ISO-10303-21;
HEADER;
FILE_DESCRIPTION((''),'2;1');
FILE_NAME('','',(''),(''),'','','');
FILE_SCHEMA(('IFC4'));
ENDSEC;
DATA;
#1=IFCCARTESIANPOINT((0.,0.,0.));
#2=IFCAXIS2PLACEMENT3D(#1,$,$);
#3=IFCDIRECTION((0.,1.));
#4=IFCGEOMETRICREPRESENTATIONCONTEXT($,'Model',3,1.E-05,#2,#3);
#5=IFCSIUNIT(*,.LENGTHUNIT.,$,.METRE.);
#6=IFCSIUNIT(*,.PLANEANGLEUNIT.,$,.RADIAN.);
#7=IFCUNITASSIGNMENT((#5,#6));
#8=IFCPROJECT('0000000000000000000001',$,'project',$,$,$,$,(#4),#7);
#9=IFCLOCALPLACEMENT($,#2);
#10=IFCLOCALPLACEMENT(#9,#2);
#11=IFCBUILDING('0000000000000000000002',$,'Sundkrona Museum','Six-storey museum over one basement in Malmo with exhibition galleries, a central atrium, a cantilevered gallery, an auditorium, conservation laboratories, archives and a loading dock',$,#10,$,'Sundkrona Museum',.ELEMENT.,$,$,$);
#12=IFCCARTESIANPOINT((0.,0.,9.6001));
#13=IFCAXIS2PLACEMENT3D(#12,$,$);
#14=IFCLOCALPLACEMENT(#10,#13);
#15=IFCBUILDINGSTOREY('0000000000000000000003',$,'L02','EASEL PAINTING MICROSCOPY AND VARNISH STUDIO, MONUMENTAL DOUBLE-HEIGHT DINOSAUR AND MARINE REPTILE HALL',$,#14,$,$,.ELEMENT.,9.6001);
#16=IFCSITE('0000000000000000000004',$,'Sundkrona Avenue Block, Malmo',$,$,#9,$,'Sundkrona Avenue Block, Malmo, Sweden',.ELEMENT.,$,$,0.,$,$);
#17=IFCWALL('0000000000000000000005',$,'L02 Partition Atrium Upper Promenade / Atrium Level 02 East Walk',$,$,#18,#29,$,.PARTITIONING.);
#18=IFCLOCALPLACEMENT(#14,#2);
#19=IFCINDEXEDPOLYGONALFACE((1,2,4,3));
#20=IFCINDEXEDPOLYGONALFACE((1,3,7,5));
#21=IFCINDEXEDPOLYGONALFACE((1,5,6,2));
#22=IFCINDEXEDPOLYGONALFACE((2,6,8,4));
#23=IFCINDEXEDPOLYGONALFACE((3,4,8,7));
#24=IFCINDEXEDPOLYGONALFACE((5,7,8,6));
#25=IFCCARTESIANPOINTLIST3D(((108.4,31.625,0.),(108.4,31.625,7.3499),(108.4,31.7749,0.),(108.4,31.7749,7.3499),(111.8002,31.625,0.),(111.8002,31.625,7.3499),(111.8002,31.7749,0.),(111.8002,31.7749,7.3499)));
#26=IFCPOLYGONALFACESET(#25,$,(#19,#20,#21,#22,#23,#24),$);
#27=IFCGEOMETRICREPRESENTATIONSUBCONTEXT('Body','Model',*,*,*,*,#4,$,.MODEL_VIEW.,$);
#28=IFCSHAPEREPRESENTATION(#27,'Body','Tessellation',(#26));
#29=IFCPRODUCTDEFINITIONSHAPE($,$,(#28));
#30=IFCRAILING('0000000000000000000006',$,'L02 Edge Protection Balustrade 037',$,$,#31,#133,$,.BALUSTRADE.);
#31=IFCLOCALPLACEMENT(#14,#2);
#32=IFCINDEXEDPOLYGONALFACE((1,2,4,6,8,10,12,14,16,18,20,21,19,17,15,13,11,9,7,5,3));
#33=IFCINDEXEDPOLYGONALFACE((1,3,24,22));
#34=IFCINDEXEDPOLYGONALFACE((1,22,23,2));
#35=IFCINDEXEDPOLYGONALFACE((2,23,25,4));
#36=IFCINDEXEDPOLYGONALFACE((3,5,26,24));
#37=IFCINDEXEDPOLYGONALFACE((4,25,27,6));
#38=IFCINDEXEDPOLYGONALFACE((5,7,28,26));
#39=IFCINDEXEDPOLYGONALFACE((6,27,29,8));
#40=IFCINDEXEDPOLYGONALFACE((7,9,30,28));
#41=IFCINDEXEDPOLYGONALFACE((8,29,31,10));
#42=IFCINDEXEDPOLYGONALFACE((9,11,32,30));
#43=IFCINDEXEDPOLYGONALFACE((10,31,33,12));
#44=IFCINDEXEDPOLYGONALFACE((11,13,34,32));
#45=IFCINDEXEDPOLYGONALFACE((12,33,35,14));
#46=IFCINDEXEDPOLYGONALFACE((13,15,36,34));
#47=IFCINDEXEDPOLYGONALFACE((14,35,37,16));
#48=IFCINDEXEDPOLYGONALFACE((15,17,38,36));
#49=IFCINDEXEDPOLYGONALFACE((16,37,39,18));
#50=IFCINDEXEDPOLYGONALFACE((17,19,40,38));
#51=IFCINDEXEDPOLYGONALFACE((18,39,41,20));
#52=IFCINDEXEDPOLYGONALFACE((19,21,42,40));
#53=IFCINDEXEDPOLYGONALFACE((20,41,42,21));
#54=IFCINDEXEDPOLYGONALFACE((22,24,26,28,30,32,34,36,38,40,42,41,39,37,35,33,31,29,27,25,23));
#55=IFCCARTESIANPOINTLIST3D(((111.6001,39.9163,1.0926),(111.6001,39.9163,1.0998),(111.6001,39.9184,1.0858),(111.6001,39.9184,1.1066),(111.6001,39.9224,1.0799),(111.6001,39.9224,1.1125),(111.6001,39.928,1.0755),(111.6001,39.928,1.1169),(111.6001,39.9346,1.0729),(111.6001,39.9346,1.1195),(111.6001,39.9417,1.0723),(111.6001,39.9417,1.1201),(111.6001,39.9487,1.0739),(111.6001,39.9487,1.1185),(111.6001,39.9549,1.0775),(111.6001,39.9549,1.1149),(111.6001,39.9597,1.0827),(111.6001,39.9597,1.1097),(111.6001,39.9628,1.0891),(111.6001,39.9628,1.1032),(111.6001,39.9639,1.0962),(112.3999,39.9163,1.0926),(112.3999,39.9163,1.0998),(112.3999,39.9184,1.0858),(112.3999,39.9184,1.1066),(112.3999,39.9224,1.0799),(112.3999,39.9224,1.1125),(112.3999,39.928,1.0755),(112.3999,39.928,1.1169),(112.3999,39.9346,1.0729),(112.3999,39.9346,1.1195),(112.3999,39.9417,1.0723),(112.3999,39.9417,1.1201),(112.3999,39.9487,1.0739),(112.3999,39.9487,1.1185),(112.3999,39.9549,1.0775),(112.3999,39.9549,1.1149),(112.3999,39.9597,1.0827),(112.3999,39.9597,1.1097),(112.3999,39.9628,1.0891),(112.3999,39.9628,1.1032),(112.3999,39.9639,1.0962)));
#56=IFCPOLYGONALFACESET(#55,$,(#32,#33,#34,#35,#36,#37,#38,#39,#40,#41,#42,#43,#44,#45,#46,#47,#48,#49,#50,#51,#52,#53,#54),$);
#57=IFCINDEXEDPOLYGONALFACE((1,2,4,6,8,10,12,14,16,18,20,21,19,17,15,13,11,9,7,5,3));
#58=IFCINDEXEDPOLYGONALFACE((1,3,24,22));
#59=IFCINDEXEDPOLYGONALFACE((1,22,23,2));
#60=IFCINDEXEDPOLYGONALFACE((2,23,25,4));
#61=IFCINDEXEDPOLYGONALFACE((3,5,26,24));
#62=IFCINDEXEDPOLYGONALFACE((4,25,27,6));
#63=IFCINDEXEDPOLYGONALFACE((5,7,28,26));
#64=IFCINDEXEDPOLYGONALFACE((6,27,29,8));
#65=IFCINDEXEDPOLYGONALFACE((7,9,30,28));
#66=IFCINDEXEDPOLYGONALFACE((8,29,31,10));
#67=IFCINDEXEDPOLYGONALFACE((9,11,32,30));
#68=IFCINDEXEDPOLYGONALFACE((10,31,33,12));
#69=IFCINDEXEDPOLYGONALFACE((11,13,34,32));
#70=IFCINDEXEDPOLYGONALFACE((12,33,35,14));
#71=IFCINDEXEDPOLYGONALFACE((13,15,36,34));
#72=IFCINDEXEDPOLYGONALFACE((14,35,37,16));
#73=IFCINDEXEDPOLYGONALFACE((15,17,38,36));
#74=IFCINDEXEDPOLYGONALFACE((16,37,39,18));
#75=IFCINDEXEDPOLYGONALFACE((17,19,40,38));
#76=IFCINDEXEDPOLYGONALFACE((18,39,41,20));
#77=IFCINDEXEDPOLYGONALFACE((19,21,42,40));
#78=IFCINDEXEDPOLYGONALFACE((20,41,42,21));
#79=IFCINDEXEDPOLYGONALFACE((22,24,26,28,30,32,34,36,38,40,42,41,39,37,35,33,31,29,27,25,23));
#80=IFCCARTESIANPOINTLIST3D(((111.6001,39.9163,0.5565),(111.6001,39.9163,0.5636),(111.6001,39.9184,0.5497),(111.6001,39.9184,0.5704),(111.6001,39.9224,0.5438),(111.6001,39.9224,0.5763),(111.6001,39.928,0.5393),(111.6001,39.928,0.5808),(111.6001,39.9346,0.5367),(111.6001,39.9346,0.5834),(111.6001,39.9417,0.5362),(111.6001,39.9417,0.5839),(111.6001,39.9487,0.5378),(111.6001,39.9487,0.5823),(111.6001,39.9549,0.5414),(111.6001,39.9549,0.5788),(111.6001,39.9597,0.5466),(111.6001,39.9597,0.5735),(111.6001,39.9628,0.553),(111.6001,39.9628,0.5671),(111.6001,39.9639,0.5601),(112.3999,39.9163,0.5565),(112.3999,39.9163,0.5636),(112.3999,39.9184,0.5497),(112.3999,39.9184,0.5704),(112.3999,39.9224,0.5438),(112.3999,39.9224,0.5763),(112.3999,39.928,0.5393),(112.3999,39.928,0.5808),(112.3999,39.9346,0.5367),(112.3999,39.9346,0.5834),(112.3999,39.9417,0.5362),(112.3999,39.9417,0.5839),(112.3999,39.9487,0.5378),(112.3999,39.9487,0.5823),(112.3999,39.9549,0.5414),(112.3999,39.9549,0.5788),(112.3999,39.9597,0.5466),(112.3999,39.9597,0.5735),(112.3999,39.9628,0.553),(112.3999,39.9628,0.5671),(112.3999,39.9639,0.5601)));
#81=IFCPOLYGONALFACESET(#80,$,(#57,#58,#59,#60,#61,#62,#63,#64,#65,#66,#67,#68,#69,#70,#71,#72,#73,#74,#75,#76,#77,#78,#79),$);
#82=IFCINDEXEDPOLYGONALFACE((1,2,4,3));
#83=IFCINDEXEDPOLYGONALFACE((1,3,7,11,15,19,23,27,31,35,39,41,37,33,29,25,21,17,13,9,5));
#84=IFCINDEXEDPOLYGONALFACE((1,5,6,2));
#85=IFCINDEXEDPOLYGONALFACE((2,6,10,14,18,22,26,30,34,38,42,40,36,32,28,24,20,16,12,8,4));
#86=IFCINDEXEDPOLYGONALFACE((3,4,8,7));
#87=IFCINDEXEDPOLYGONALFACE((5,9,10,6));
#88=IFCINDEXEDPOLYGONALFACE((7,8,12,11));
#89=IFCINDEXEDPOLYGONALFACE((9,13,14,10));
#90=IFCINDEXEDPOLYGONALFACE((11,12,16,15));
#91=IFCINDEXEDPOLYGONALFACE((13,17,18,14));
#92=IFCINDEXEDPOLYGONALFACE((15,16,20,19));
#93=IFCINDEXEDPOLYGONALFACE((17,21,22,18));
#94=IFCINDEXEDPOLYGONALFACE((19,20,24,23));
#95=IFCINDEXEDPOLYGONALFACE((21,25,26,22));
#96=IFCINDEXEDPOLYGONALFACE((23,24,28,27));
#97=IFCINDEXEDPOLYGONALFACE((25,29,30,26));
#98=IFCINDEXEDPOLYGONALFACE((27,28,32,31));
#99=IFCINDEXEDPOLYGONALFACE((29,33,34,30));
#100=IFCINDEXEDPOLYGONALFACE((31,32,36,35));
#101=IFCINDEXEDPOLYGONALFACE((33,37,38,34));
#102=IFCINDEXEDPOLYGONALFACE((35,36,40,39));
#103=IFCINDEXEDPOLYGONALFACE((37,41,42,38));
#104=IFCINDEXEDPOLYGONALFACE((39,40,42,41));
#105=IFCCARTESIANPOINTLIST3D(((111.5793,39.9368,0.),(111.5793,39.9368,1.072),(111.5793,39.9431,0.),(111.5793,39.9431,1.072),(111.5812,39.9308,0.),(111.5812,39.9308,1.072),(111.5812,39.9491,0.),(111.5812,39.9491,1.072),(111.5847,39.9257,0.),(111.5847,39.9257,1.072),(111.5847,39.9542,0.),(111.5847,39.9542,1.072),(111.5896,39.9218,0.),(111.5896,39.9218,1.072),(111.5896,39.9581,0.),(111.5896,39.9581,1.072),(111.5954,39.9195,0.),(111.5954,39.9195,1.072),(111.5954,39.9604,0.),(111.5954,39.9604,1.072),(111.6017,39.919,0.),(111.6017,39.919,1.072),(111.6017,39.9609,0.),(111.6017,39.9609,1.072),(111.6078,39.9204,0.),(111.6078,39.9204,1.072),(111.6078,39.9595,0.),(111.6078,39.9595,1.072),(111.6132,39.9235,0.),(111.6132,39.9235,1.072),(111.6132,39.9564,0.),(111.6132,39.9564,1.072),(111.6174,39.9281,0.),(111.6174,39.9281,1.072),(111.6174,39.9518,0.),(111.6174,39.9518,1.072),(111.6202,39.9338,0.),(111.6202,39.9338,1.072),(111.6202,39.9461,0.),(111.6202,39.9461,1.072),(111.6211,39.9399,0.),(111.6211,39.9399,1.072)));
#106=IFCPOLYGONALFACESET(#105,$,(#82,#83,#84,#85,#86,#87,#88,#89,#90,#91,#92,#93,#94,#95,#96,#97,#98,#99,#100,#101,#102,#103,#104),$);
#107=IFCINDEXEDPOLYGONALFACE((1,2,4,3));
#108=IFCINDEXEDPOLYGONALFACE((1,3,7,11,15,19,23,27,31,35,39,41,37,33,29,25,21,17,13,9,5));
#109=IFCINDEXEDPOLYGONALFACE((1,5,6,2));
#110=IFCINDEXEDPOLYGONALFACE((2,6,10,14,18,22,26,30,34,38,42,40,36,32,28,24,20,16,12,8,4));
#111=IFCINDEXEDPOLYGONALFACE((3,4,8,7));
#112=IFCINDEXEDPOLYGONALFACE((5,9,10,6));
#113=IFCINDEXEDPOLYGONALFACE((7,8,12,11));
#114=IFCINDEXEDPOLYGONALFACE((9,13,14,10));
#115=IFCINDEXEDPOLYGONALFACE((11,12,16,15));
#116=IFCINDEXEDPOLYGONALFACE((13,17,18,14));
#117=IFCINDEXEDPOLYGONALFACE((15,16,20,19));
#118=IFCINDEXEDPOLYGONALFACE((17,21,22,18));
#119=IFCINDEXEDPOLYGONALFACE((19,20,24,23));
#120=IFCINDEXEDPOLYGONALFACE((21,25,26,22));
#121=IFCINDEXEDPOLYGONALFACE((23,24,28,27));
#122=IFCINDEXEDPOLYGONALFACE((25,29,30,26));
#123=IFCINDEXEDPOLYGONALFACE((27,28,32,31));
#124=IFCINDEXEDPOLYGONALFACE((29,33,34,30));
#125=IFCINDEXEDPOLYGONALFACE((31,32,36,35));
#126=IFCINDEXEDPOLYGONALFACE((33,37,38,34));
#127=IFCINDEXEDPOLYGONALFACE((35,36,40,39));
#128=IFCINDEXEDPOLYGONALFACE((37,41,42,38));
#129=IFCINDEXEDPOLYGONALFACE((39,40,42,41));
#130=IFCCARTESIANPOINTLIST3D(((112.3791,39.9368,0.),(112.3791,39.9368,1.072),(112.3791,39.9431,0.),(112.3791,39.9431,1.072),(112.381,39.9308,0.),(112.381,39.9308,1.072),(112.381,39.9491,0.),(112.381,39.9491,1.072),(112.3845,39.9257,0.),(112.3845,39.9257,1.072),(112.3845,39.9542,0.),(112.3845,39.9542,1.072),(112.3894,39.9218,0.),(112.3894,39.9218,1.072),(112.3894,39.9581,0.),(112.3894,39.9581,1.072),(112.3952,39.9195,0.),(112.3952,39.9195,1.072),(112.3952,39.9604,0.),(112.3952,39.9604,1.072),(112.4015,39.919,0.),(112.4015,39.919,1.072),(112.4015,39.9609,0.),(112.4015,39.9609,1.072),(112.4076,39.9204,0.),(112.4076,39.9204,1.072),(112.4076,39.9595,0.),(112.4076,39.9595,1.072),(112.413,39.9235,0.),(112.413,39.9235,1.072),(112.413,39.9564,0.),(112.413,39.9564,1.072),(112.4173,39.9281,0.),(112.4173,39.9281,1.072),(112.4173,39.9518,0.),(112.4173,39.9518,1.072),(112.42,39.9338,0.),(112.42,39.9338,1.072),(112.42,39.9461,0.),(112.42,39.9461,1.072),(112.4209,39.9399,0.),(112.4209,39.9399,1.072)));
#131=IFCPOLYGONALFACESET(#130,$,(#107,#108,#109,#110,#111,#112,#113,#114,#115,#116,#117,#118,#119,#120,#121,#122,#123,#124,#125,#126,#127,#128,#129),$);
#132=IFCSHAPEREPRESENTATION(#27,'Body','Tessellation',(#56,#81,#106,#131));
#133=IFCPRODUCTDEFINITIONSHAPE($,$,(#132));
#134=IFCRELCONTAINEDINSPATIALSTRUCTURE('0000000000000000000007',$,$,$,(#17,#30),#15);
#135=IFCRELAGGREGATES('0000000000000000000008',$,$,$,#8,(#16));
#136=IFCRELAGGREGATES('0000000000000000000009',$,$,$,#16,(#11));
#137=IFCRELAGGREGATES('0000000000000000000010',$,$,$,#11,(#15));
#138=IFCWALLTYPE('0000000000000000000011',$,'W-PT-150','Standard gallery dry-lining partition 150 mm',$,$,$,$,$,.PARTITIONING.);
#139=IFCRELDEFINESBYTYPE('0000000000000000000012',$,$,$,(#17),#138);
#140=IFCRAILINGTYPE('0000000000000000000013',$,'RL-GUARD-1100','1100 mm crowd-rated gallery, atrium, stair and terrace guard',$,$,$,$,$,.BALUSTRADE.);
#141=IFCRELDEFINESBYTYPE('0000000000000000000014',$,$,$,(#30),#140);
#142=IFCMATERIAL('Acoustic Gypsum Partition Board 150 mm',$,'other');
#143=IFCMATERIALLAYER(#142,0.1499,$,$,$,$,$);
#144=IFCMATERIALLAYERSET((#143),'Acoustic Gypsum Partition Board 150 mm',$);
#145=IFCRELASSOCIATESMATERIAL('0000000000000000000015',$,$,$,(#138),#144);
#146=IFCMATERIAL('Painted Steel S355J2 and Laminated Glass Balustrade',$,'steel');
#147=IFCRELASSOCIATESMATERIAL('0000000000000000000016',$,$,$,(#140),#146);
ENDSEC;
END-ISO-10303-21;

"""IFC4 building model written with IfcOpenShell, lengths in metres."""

from ifc_helpers import new_model, si_unit, direction, frame, frame_2d, origin, origin_2d, place, context, subcontext, project, spatial, rectangle, circle, extrude, material, layer, layer_set, type_object, element, save


model = new_model("IFC4")

# Units and contexts
model_context = context("Model", 3, precision=1e-05, world=origin(), true_north=direction((0.0, 1.0)))
body_context = subcontext(model_context, "Body", "Model", "MODEL_VIEW")
ifc_project = project(units=[si_unit("LENGTHUNIT", "METRE"), si_unit("PLANEANGLEUNIT", "RADIAN")], contexts=[model_context])

# Site, building, storey
site_placement = place(None, origin())
site = spatial("IfcSite", under=ifc_project, at=site_placement, Name="Sundkrona Avenue Block, Malmo", LongName="Sundkrona Avenue Block, Malmo, Sweden", CompositionType="ELEMENT", RefElevation=0.0)
building_placement = place(site_placement, origin())
building = spatial("IfcBuilding", under=site, at=building_placement, Name="Sundkrona Museum", Description="Six-storey museum over one basement in Malmo with exhibition galleries, a central atrium, a cantilevered gallery, an auditorium, conservation laboratories, archives and a loading dock", LongName="Sundkrona Museum", CompositionType="ELEMENT")
storey_placement = place(building_placement, frame((0.0, 0.0, 9.6001)))
storey = spatial("IfcBuildingStorey", under=building, at=storey_placement, Name="L02", Description="EASEL PAINTING MICROSCOPY AND VARNISH STUDIO, MONUMENTAL DOUBLE-HEIGHT DINOSAUR AND MARINE REPTILE HALL", CompositionType="ELEMENT", Elevation=9.6001)

# Wall
ifc_material_1 = material(Name="Acoustic Gypsum Partition Board 150 mm", Category="other")
ifc_layer = layer(ifc_material_1, 0.1499)
ifc_layer_set = layer_set([ifc_layer], Name="Acoustic Gypsum Partition Board 150 mm")
wall_type = type_object("IfcWallType", Name="W-PT-150", Description="Standard gallery dry-lining partition 150 mm", PredefinedType="PARTITIONING", material=ifc_layer_set)
wall_placement = place(storey_placement, frame((108.3999, 31.7, 0.0), z_axis=(0.0, 0.0, 1.0), x_axis=(1.0, 0.0, 0.0)))
element("IfcWall", 1, at=wall_placement, inside=storey, type_object=wall_type, Name="L02 Partition Atrium Upper Promenade / Atrium Level 02 East Walk", PredefinedType="PARTITIONING", context=body_context, shape_type="SweptSolid", body=[
    extrude(rectangle(XDim=3.4001, YDim=0.1499, at=frame_2d((1.7002, 0.0))), origin(), (0.0, 0.0, 1.0), 7.3499),
])

# Railing
ifc_material_2 = material(Name="Painted Steel S355J2 and Laminated Glass Balustrade", Category="steel")
railing_type = type_object("IfcRailingType", Name="RL-GUARD-1100", Description="1100 mm crowd-rated gallery, atrium, stair and terrace guard", PredefinedType="BALUSTRADE", material=ifc_material_2)
railing_1_placement = place(storey_placement, frame((111.6001, 39.9399, 0.0)))
element("IfcRailing", 2, at=railing_1_placement, inside=storey, type_object=railing_type, Name="L02 Edge Protection Balustrade 037", PredefinedType="BALUSTRADE", context=body_context, shape_type="SweptSolid", body=[
    extrude(circle(Radius=0.0239, at=origin_2d()), frame((0.0, 0.0, 1.0962), z_axis=(1.0, 0.0, 0.0), x_axis=(0.0, 1.0, 0.0)), (0.0, 0.0, 1.0), 0.7998),
    extrude(circle(Radius=0.0239, at=origin_2d()), frame((0.0, 0.0, 0.5601), z_axis=(1.0, 0.0, 0.0), x_axis=(0.0, 1.0, 0.0)), (0.0, 0.0, 1.0), 0.7998),
    extrude(circle(Radius=0.021, at=origin_2d()), origin(), (0.0, 0.0, 1.0), 1.072),
    extrude(circle(Radius=0.021, at=origin_2d()), frame((0.7998, 0.0, 0.0)), (0.0, 0.0, 1.0), 1.072),
])

save(model, "model.ifc")
